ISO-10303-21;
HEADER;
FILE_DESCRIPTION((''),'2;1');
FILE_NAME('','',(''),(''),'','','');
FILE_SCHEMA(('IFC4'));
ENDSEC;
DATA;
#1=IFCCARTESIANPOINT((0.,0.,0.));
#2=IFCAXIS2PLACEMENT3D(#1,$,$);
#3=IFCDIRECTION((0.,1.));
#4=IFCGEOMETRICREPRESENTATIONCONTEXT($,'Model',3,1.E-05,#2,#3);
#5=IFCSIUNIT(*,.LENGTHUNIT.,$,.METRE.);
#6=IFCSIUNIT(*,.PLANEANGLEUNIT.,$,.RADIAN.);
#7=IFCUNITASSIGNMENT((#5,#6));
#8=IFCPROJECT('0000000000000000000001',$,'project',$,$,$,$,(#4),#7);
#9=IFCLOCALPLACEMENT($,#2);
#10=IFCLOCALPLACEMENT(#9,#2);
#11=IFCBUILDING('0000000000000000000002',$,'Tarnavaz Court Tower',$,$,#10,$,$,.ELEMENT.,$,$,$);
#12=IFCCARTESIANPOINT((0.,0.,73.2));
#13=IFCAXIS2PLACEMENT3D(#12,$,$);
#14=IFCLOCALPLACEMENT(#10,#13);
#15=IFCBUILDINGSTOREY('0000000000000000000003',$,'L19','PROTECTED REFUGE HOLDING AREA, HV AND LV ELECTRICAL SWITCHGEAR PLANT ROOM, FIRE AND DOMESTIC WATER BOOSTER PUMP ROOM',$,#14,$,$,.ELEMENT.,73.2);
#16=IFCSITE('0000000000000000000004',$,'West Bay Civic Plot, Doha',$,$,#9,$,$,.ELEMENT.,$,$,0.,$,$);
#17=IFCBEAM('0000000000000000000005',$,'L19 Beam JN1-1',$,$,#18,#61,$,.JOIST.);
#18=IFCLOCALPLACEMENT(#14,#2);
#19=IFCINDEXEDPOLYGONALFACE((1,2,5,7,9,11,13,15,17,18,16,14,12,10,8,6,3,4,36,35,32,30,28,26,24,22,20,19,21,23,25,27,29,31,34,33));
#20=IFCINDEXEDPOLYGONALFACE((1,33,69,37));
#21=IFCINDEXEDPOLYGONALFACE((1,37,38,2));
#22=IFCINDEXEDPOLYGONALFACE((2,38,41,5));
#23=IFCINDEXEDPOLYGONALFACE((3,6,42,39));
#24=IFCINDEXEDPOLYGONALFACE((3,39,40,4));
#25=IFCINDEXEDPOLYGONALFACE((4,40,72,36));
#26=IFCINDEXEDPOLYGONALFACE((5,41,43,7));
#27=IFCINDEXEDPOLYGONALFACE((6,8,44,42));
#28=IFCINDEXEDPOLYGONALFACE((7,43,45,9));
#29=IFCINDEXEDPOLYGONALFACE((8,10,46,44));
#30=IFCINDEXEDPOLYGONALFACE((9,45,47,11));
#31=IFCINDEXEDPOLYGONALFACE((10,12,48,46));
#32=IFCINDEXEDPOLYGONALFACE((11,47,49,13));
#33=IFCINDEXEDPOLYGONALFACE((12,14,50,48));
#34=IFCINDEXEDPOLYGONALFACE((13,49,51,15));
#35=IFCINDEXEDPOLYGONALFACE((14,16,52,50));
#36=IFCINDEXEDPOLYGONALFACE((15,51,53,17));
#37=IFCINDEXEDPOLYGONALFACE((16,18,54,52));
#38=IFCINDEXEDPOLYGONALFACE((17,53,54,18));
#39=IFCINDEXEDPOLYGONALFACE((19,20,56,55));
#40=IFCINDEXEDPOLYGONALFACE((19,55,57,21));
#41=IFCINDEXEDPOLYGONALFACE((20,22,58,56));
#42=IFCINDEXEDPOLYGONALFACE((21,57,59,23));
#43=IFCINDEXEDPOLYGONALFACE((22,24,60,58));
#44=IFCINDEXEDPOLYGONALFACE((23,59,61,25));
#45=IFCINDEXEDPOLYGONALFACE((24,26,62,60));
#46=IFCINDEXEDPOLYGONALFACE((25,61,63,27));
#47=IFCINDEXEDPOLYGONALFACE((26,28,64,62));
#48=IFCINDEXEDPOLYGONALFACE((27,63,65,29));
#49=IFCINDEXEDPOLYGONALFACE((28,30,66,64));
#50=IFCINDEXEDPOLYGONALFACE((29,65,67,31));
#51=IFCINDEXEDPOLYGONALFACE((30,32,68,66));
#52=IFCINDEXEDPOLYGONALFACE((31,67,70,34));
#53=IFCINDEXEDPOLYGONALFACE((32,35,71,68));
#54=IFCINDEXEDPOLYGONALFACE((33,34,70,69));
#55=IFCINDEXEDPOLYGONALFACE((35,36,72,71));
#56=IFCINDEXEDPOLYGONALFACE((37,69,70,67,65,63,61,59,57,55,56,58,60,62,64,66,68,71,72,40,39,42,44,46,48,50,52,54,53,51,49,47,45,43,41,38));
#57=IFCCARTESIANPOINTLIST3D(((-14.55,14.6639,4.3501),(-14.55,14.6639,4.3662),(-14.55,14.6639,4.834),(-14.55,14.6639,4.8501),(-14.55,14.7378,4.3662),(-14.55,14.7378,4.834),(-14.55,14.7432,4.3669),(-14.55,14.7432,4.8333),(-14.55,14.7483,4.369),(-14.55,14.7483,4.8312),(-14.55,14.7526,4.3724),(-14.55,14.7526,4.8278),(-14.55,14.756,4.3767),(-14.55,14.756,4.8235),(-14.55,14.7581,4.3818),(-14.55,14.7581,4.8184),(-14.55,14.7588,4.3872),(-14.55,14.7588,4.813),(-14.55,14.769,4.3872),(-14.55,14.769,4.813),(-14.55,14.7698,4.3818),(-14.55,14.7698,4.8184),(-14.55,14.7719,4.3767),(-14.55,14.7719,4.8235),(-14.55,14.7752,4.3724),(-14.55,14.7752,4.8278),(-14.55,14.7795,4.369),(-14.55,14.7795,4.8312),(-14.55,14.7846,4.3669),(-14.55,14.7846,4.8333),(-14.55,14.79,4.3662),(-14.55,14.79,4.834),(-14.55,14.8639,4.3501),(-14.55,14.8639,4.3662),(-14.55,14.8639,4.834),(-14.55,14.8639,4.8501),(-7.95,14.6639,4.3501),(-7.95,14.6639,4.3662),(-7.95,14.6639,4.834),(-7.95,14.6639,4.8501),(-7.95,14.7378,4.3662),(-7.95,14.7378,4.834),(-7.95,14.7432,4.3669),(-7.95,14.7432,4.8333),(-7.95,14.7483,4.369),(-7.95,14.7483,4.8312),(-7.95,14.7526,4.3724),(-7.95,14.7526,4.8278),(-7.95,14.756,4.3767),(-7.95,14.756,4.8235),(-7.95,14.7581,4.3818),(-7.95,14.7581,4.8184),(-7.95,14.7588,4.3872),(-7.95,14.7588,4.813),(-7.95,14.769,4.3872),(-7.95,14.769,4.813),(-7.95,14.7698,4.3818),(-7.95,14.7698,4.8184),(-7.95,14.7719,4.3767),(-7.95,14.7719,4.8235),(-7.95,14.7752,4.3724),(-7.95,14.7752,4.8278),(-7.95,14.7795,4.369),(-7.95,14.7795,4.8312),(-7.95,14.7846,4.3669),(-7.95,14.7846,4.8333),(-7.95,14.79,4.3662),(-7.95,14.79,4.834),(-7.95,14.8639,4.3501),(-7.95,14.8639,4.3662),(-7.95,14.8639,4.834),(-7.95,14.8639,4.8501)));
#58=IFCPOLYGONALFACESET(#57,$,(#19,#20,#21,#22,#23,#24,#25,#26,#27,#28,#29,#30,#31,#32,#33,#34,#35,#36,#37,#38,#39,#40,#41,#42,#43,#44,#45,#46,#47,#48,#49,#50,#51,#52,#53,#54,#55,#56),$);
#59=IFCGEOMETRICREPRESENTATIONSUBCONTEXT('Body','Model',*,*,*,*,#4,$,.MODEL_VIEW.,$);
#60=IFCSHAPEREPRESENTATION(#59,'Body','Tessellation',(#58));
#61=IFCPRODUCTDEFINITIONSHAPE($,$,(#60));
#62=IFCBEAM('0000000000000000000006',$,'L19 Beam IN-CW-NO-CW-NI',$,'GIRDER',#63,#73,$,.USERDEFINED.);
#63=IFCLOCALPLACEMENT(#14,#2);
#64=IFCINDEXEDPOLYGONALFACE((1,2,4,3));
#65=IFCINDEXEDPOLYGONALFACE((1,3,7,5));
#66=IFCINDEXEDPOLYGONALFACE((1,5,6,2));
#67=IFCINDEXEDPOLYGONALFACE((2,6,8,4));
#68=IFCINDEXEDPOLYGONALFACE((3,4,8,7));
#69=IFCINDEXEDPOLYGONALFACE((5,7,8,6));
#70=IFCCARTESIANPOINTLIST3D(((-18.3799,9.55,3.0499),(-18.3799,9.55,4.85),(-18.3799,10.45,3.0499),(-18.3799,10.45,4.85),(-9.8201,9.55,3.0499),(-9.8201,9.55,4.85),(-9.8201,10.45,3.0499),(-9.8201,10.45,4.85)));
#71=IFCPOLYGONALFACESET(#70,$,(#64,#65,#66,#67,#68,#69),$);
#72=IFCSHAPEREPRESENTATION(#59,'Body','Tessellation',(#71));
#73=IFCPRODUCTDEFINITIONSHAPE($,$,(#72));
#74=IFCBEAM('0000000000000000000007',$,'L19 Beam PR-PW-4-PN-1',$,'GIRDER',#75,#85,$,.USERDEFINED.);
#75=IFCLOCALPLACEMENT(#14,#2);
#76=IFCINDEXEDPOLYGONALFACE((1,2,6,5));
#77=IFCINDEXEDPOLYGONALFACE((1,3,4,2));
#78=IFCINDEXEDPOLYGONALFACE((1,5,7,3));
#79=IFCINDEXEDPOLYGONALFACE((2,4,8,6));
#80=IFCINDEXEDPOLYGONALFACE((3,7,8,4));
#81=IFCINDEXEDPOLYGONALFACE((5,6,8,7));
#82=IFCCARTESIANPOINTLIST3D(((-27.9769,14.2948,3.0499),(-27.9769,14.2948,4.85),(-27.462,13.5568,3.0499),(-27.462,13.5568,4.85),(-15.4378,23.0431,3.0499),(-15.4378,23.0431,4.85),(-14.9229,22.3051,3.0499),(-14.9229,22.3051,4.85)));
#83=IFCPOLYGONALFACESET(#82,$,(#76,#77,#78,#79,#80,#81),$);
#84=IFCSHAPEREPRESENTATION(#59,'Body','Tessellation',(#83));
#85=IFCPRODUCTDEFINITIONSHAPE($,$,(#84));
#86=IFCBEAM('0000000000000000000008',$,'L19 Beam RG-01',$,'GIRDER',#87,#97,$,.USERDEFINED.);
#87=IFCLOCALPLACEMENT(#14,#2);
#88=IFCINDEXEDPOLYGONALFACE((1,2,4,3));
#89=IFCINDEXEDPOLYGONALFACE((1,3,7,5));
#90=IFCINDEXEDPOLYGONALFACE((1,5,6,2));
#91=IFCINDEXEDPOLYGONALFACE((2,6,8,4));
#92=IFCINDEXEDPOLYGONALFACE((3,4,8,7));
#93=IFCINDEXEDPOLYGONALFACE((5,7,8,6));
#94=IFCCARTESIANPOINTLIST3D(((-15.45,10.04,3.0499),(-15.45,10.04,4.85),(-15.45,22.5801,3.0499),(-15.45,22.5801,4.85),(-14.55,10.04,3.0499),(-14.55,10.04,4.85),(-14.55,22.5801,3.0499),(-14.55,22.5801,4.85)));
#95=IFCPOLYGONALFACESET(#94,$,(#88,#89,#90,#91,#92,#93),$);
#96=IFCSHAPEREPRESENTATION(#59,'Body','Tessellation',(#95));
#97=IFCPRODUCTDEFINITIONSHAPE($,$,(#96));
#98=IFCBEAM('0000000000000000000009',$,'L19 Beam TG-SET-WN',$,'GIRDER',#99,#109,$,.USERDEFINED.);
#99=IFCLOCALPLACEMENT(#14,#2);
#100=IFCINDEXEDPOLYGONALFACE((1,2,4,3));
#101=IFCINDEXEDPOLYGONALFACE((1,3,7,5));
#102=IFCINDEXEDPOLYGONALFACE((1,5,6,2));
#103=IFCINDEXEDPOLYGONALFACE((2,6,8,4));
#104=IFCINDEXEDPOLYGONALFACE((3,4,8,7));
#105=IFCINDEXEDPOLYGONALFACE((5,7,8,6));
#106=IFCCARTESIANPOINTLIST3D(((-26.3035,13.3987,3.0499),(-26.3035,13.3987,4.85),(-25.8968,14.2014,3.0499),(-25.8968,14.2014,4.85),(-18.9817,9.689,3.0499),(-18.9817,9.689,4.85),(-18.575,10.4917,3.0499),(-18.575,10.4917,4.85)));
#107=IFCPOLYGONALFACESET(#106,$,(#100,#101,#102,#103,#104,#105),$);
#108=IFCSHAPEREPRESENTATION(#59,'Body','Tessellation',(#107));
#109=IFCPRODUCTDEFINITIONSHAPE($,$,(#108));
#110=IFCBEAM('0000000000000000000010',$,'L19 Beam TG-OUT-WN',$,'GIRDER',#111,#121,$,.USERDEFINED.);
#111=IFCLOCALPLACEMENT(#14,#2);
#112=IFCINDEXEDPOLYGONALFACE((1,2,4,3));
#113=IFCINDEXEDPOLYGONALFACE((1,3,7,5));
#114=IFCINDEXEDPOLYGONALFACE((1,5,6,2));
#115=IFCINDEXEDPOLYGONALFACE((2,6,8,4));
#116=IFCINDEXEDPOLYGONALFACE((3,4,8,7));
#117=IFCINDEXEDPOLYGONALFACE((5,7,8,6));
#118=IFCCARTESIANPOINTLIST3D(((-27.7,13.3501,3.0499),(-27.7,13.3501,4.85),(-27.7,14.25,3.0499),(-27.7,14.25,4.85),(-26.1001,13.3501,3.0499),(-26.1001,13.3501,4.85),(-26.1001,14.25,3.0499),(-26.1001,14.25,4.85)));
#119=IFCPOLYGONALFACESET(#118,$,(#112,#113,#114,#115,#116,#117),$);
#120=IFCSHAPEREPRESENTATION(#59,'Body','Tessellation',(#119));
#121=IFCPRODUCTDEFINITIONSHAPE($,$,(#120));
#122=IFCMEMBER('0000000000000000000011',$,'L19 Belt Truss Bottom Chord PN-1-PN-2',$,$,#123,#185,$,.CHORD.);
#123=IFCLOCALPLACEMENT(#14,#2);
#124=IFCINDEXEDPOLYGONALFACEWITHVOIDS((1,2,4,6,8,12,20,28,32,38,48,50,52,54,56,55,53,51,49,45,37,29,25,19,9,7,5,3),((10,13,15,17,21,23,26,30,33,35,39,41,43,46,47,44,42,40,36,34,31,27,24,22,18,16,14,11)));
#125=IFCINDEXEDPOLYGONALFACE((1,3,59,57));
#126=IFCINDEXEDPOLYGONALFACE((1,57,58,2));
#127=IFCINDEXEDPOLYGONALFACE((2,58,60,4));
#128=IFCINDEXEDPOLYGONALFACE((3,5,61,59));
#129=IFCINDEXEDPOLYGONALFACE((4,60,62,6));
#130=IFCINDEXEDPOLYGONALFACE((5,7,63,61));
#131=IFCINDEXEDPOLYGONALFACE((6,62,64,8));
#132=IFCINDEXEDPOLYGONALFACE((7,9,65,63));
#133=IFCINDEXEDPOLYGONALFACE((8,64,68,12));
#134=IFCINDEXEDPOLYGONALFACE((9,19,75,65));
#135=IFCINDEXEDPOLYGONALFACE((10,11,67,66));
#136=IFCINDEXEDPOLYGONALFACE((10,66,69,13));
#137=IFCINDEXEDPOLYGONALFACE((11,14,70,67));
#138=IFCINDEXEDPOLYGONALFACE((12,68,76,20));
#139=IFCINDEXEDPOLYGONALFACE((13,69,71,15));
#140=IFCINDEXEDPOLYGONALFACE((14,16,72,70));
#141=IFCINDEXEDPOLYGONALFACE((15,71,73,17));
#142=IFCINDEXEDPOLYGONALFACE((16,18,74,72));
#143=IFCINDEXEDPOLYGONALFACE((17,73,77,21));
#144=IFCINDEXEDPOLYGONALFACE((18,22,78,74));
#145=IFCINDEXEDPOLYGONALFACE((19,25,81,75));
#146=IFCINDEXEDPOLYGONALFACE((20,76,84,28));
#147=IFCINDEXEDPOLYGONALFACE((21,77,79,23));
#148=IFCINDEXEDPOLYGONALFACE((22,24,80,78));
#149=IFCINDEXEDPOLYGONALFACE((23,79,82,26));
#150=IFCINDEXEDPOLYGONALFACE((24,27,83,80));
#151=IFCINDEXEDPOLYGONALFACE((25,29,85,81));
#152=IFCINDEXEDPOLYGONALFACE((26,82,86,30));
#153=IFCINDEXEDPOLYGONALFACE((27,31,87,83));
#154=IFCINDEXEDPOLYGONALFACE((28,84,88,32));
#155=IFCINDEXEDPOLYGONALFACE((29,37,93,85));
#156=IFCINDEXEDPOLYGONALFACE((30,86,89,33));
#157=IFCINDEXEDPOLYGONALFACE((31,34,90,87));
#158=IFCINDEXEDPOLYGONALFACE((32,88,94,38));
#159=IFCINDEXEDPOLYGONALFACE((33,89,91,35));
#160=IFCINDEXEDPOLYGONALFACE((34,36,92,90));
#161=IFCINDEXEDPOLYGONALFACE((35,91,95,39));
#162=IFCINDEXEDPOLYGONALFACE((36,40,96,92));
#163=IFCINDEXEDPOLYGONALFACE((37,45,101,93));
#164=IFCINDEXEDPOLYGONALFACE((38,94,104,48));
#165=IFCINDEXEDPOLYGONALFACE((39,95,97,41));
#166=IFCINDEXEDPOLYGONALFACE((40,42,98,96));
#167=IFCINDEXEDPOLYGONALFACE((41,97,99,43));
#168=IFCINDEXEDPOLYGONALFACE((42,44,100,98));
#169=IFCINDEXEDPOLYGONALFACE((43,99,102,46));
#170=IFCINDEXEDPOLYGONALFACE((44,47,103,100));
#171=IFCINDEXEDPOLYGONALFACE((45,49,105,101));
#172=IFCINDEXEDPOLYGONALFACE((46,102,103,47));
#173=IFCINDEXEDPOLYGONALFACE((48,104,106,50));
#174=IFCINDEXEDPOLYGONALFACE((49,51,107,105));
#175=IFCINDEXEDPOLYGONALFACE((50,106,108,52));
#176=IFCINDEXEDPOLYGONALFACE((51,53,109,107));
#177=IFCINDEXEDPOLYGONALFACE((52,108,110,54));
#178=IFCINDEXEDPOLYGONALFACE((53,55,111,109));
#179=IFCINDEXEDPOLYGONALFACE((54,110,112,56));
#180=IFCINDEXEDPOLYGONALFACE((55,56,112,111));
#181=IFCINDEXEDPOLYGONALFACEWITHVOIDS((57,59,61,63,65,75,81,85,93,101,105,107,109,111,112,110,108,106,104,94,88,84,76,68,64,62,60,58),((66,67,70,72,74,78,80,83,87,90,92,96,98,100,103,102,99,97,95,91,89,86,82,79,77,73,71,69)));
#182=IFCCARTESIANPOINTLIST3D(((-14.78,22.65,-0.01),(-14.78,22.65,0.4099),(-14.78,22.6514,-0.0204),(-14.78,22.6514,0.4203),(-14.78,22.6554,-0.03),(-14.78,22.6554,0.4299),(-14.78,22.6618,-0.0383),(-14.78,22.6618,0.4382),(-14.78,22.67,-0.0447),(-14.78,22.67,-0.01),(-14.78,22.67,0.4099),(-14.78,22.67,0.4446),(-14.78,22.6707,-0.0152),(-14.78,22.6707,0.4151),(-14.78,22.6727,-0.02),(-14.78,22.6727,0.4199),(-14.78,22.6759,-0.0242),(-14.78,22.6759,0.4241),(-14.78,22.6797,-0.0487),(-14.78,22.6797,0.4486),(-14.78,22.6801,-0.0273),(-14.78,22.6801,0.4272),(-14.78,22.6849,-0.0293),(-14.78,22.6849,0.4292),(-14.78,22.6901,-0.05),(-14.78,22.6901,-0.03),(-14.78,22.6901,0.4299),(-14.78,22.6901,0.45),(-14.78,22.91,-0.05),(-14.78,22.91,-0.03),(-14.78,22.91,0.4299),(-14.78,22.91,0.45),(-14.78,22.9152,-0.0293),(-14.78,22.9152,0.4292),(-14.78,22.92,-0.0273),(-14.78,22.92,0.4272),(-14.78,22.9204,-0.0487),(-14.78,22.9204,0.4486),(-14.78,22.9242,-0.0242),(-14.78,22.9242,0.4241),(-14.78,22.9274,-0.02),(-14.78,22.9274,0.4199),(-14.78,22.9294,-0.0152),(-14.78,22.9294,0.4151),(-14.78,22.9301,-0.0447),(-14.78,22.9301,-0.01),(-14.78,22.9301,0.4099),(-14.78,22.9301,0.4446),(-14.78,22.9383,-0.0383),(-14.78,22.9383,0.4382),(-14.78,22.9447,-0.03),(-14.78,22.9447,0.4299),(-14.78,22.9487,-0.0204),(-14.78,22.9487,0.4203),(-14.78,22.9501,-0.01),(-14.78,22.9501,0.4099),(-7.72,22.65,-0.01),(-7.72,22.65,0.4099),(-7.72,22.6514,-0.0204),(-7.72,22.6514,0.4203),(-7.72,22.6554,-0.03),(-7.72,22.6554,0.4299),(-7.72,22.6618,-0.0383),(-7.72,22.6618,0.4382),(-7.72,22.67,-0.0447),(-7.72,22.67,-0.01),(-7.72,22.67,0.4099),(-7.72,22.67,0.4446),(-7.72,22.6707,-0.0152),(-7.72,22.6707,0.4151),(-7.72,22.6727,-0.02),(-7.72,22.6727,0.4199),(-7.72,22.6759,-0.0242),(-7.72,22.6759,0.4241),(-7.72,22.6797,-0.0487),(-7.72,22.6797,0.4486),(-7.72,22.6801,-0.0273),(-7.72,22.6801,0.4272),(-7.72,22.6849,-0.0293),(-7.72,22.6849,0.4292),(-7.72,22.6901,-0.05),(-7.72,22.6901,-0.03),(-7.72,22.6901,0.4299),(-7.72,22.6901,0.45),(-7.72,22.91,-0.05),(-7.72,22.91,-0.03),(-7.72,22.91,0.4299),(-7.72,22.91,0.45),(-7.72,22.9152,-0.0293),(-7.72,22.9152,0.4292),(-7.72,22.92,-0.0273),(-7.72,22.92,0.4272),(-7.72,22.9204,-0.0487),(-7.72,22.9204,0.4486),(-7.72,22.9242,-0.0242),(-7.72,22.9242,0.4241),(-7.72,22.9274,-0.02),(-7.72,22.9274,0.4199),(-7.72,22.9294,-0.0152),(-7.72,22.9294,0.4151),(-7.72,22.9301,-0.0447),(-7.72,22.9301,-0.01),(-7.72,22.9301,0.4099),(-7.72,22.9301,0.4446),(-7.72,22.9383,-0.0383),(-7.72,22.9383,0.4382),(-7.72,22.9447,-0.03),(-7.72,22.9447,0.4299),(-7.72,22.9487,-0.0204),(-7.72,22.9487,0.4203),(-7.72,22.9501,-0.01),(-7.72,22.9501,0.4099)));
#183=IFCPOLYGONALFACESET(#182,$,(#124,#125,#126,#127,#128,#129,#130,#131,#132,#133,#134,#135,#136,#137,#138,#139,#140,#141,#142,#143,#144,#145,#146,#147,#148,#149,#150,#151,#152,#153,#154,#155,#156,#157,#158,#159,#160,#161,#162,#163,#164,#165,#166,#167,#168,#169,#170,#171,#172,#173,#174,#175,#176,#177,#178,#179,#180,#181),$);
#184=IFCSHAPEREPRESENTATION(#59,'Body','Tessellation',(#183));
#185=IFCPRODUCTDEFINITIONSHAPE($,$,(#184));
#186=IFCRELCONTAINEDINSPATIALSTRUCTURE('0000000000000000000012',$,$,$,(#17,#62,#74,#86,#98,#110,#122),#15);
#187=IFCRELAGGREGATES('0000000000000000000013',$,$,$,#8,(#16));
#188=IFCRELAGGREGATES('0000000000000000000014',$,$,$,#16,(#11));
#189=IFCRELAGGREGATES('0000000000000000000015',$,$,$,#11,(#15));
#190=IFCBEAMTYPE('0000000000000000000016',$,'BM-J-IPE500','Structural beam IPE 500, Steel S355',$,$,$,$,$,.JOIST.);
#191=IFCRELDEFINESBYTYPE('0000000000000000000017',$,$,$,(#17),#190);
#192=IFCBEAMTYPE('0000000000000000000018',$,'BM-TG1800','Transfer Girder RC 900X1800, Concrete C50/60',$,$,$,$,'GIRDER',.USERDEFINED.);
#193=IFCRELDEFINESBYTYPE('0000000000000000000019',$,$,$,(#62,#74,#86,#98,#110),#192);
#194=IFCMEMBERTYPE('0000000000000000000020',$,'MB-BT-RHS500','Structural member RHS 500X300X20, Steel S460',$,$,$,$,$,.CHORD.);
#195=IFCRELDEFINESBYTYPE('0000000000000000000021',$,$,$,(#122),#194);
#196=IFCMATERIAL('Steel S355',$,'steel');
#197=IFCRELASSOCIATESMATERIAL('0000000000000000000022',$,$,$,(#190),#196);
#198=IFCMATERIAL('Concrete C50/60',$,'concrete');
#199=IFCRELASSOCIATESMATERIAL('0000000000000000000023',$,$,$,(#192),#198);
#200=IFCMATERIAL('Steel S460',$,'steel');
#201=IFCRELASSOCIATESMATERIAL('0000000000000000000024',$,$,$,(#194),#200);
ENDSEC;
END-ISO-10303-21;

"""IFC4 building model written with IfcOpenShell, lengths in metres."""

from ifc_helpers import new_model, si_unit, direction, frame, origin, origin_2d, place, context, subcontext, project, spatial, rectangle, hollow_rectangle, i_section, extrude, material, material_profile, profile_set, type_object, element, save


model = new_model("IFC4")

# Units and contexts
model_context = context("Model", 3, precision=1e-05, world=origin(), true_north=direction((0.0, 1.0)))
body_context = subcontext(model_context, "Body", "Model", "MODEL_VIEW")
ifc_project = project(units=[si_unit("LENGTHUNIT", "METRE"), si_unit("PLANEANGLEUNIT", "RADIAN")], contexts=[model_context])

# Site, building, storey
site_placement = place(None, origin())
site = spatial("IfcSite", under=ifc_project, at=site_placement, Name="West Bay Civic Plot, Doha", CompositionType="ELEMENT", RefElevation=0.0)
building_placement = place(site_placement, origin())
building = spatial("IfcBuilding", under=site, at=building_placement, Name="Tarnavaz Court Tower", CompositionType="ELEMENT")
storey_placement = place(building_placement, frame((0.0, 0.0, 73.2)))
storey = spatial("IfcBuildingStorey", under=building, at=storey_placement, Name="L19", Description="PROTECTED REFUGE HOLDING AREA, HV AND LV ELECTRICAL SWITCHGEAR PLANT ROOM, FIRE AND DOMESTIC WATER BOOSTER PUMP ROOM", CompositionType="ELEMENT", Elevation=73.2)

# Shared definitions
ifc_material_1 = material(Name="Steel S460", Category="steel")

# Beams
ifc_material_2 = material(Name="Steel S355", Category="steel")
ifc_material_profile_1 = material_profile(ifc_material_2, i_section(OverallWidth=0.2, OverallDepth=0.5, WebThickness=0.0103, FlangeThickness=0.0161, FilletRadius=0.021, at=origin_2d()), Name="IPE 500")
ifc_profile_set_1 = profile_set([ifc_material_profile_1], Name="Steel S355")
beam_type_1 = type_object("IfcBeamType", Name="BM-J-IPE500", Description="Structural beam IPE 500, Steel S355", PredefinedType="JOIST", material=ifc_profile_set_1)
beam_1_placement = place(storey_placement, frame((-14.55, 14.7639, 4.6001), z_axis=(1.0, 0.0, 0.0), x_axis=(0.0, 1.0, 0.0)))
element("IfcBeam", 1, at=beam_1_placement, inside=storey, type_object=beam_type_1, Name="L19 Beam JN1-1", PredefinedType="JOIST", context=body_context, shape_type="SweptSolid", body=[
    extrude(i_section(OverallWidth=0.2, OverallDepth=0.5, WebThickness=0.0103, FlangeThickness=0.0161, FilletRadius=0.021, at=origin_2d()), origin(), (0.0, 0.0, 1.0), 6.6001),
])
ifc_material_3 = material(Name="Concrete C50/60", Category="concrete")
ifc_material_profile_2 = material_profile(ifc_material_3, rectangle(XDim=0.8999, YDim=1.8, at=origin_2d()), Name="RC 900X1800")
ifc_profile_set_2 = profile_set([ifc_material_profile_2], Name="Concrete C50/60")
beam_type_2 = type_object("IfcBeamType", Name="BM-TG1800", Description="Transfer Girder RC 900X1800, Concrete C50/60", ElementType="GIRDER", PredefinedType="USERDEFINED", material=ifc_profile_set_2)
beam_2_placement = place(storey_placement, frame((-18.3799, 10.0, 3.95), z_axis=(1.0, 0.0, 0.0), x_axis=(0.0, 1.0, 0.0)))
element("IfcBeam", 2, at=beam_2_placement, inside=storey, type_object=beam_type_2, Name="L19 Beam IN-CW-NO-CW-NI", ObjectType="GIRDER", PredefinedType="USERDEFINED", context=body_context, shape_type="SweptSolid", body=[
    extrude(rectangle(XDim=0.8999, YDim=1.8, at=origin_2d()), origin(), (0.0, 0.0, 1.0), 8.5598),
])
beam_3_placement = place(storey_placement, frame((-27.7195, 13.9258, 3.95), z_axis=(0.820124, 0.572186, 0.0), x_axis=(-0.572186, 0.820124, 0.0)))
element("IfcBeam", 3, at=beam_3_placement, inside=storey, type_object=beam_type_2, Name="L19 Beam PR-PW-4-PN-1", ObjectType="GIRDER", PredefinedType="USERDEFINED", context=body_context, shape_type="SweptSolid", body=[
    extrude(rectangle(XDim=0.8999, YDim=1.8, at=origin_2d()), origin(), (0.0, 0.0, 1.0), 15.2893),
])
beam_4_placement = place(storey_placement, frame((-15.0, 10.04, 3.95), z_axis=(0.0, 1.0, 0.0), x_axis=(-1.0, 0.0, 0.0)))
element("IfcBeam", 4, at=beam_4_placement, inside=storey, type_object=beam_type_2, Name="L19 Beam RG-01", ObjectType="GIRDER", PredefinedType="USERDEFINED", context=body_context, shape_type="SweptSolid", body=[
    extrude(rectangle(XDim=0.8999, YDim=1.8, at=origin_2d()), origin(), (0.0, 0.0, 1.0), 12.54),
])
beam_5_placement = place(storey_placement, frame((-18.7783, 10.0903, 3.95), z_axis=(-0.892035, 0.451966, 0.0), x_axis=(-0.451966, -0.892035, 0.0)))
element("IfcBeam", 5, at=beam_5_placement, inside=storey, type_object=beam_type_2, Name="L19 Beam TG-SET-WN", ObjectType="GIRDER", PredefinedType="USERDEFINED", context=body_context, shape_type="SweptSolid", body=[
    extrude(rectangle(XDim=0.8999, YDim=1.8, at=origin_2d()), origin(), (0.0, 0.0, 1.0), 8.208),
])
beam_6_placement = place(storey_placement, frame((-26.1001, 13.8, 3.95), z_axis=(-1.0, 0.0, 0.0), x_axis=(0.0, -1.0, 0.0)))
element("IfcBeam", 6, at=beam_6_placement, inside=storey, type_object=beam_type_2, Name="L19 Beam TG-OUT-WN", ObjectType="GIRDER", PredefinedType="USERDEFINED", context=body_context, shape_type="SweptSolid", body=[
    extrude(rectangle(XDim=0.8999, YDim=1.8, at=origin_2d()), origin(), (0.0, 0.0, 1.0), 1.5999),
])

# Member
ifc_material_profile_3 = material_profile(ifc_material_1, hollow_rectangle(XDim=0.3, YDim=0.5, WallThickness=0.02, InnerFilletRadius=0.02, OuterFilletRadius=0.04, at=origin_2d()), Name="RHS 500X300X20")
ifc_profile_set_3 = profile_set([ifc_material_profile_3], Name="Steel S460")
member_type_1 = type_object("IfcMemberType", Name="MB-BT-RHS500", Description="Structural member RHS 500X300X20, Steel S460", PredefinedType="CHORD", material=ifc_profile_set_3)
member_1_placement = place(storey_placement, frame((-14.78, 22.8, 0.2), z_axis=(1.0, 0.0, 0.0), x_axis=(0.0, 1.0, 0.0)))
element("IfcMember", 7, at=member_1_placement, inside=storey, type_object=member_type_1, Name="L19 Belt Truss Bottom Chord PN-1-PN-2", PredefinedType="CHORD", context=body_context, shape_type="SweptSolid", body=[
    extrude(hollow_rectangle(XDim=0.3, YDim=0.5, WallThickness=0.02, InnerFilletRadius=0.02, OuterFilletRadius=0.04, at=origin_2d()), origin(), (0.0, 0.0, 1.0), 7.0601),
])

save(model, "model.ifc")
